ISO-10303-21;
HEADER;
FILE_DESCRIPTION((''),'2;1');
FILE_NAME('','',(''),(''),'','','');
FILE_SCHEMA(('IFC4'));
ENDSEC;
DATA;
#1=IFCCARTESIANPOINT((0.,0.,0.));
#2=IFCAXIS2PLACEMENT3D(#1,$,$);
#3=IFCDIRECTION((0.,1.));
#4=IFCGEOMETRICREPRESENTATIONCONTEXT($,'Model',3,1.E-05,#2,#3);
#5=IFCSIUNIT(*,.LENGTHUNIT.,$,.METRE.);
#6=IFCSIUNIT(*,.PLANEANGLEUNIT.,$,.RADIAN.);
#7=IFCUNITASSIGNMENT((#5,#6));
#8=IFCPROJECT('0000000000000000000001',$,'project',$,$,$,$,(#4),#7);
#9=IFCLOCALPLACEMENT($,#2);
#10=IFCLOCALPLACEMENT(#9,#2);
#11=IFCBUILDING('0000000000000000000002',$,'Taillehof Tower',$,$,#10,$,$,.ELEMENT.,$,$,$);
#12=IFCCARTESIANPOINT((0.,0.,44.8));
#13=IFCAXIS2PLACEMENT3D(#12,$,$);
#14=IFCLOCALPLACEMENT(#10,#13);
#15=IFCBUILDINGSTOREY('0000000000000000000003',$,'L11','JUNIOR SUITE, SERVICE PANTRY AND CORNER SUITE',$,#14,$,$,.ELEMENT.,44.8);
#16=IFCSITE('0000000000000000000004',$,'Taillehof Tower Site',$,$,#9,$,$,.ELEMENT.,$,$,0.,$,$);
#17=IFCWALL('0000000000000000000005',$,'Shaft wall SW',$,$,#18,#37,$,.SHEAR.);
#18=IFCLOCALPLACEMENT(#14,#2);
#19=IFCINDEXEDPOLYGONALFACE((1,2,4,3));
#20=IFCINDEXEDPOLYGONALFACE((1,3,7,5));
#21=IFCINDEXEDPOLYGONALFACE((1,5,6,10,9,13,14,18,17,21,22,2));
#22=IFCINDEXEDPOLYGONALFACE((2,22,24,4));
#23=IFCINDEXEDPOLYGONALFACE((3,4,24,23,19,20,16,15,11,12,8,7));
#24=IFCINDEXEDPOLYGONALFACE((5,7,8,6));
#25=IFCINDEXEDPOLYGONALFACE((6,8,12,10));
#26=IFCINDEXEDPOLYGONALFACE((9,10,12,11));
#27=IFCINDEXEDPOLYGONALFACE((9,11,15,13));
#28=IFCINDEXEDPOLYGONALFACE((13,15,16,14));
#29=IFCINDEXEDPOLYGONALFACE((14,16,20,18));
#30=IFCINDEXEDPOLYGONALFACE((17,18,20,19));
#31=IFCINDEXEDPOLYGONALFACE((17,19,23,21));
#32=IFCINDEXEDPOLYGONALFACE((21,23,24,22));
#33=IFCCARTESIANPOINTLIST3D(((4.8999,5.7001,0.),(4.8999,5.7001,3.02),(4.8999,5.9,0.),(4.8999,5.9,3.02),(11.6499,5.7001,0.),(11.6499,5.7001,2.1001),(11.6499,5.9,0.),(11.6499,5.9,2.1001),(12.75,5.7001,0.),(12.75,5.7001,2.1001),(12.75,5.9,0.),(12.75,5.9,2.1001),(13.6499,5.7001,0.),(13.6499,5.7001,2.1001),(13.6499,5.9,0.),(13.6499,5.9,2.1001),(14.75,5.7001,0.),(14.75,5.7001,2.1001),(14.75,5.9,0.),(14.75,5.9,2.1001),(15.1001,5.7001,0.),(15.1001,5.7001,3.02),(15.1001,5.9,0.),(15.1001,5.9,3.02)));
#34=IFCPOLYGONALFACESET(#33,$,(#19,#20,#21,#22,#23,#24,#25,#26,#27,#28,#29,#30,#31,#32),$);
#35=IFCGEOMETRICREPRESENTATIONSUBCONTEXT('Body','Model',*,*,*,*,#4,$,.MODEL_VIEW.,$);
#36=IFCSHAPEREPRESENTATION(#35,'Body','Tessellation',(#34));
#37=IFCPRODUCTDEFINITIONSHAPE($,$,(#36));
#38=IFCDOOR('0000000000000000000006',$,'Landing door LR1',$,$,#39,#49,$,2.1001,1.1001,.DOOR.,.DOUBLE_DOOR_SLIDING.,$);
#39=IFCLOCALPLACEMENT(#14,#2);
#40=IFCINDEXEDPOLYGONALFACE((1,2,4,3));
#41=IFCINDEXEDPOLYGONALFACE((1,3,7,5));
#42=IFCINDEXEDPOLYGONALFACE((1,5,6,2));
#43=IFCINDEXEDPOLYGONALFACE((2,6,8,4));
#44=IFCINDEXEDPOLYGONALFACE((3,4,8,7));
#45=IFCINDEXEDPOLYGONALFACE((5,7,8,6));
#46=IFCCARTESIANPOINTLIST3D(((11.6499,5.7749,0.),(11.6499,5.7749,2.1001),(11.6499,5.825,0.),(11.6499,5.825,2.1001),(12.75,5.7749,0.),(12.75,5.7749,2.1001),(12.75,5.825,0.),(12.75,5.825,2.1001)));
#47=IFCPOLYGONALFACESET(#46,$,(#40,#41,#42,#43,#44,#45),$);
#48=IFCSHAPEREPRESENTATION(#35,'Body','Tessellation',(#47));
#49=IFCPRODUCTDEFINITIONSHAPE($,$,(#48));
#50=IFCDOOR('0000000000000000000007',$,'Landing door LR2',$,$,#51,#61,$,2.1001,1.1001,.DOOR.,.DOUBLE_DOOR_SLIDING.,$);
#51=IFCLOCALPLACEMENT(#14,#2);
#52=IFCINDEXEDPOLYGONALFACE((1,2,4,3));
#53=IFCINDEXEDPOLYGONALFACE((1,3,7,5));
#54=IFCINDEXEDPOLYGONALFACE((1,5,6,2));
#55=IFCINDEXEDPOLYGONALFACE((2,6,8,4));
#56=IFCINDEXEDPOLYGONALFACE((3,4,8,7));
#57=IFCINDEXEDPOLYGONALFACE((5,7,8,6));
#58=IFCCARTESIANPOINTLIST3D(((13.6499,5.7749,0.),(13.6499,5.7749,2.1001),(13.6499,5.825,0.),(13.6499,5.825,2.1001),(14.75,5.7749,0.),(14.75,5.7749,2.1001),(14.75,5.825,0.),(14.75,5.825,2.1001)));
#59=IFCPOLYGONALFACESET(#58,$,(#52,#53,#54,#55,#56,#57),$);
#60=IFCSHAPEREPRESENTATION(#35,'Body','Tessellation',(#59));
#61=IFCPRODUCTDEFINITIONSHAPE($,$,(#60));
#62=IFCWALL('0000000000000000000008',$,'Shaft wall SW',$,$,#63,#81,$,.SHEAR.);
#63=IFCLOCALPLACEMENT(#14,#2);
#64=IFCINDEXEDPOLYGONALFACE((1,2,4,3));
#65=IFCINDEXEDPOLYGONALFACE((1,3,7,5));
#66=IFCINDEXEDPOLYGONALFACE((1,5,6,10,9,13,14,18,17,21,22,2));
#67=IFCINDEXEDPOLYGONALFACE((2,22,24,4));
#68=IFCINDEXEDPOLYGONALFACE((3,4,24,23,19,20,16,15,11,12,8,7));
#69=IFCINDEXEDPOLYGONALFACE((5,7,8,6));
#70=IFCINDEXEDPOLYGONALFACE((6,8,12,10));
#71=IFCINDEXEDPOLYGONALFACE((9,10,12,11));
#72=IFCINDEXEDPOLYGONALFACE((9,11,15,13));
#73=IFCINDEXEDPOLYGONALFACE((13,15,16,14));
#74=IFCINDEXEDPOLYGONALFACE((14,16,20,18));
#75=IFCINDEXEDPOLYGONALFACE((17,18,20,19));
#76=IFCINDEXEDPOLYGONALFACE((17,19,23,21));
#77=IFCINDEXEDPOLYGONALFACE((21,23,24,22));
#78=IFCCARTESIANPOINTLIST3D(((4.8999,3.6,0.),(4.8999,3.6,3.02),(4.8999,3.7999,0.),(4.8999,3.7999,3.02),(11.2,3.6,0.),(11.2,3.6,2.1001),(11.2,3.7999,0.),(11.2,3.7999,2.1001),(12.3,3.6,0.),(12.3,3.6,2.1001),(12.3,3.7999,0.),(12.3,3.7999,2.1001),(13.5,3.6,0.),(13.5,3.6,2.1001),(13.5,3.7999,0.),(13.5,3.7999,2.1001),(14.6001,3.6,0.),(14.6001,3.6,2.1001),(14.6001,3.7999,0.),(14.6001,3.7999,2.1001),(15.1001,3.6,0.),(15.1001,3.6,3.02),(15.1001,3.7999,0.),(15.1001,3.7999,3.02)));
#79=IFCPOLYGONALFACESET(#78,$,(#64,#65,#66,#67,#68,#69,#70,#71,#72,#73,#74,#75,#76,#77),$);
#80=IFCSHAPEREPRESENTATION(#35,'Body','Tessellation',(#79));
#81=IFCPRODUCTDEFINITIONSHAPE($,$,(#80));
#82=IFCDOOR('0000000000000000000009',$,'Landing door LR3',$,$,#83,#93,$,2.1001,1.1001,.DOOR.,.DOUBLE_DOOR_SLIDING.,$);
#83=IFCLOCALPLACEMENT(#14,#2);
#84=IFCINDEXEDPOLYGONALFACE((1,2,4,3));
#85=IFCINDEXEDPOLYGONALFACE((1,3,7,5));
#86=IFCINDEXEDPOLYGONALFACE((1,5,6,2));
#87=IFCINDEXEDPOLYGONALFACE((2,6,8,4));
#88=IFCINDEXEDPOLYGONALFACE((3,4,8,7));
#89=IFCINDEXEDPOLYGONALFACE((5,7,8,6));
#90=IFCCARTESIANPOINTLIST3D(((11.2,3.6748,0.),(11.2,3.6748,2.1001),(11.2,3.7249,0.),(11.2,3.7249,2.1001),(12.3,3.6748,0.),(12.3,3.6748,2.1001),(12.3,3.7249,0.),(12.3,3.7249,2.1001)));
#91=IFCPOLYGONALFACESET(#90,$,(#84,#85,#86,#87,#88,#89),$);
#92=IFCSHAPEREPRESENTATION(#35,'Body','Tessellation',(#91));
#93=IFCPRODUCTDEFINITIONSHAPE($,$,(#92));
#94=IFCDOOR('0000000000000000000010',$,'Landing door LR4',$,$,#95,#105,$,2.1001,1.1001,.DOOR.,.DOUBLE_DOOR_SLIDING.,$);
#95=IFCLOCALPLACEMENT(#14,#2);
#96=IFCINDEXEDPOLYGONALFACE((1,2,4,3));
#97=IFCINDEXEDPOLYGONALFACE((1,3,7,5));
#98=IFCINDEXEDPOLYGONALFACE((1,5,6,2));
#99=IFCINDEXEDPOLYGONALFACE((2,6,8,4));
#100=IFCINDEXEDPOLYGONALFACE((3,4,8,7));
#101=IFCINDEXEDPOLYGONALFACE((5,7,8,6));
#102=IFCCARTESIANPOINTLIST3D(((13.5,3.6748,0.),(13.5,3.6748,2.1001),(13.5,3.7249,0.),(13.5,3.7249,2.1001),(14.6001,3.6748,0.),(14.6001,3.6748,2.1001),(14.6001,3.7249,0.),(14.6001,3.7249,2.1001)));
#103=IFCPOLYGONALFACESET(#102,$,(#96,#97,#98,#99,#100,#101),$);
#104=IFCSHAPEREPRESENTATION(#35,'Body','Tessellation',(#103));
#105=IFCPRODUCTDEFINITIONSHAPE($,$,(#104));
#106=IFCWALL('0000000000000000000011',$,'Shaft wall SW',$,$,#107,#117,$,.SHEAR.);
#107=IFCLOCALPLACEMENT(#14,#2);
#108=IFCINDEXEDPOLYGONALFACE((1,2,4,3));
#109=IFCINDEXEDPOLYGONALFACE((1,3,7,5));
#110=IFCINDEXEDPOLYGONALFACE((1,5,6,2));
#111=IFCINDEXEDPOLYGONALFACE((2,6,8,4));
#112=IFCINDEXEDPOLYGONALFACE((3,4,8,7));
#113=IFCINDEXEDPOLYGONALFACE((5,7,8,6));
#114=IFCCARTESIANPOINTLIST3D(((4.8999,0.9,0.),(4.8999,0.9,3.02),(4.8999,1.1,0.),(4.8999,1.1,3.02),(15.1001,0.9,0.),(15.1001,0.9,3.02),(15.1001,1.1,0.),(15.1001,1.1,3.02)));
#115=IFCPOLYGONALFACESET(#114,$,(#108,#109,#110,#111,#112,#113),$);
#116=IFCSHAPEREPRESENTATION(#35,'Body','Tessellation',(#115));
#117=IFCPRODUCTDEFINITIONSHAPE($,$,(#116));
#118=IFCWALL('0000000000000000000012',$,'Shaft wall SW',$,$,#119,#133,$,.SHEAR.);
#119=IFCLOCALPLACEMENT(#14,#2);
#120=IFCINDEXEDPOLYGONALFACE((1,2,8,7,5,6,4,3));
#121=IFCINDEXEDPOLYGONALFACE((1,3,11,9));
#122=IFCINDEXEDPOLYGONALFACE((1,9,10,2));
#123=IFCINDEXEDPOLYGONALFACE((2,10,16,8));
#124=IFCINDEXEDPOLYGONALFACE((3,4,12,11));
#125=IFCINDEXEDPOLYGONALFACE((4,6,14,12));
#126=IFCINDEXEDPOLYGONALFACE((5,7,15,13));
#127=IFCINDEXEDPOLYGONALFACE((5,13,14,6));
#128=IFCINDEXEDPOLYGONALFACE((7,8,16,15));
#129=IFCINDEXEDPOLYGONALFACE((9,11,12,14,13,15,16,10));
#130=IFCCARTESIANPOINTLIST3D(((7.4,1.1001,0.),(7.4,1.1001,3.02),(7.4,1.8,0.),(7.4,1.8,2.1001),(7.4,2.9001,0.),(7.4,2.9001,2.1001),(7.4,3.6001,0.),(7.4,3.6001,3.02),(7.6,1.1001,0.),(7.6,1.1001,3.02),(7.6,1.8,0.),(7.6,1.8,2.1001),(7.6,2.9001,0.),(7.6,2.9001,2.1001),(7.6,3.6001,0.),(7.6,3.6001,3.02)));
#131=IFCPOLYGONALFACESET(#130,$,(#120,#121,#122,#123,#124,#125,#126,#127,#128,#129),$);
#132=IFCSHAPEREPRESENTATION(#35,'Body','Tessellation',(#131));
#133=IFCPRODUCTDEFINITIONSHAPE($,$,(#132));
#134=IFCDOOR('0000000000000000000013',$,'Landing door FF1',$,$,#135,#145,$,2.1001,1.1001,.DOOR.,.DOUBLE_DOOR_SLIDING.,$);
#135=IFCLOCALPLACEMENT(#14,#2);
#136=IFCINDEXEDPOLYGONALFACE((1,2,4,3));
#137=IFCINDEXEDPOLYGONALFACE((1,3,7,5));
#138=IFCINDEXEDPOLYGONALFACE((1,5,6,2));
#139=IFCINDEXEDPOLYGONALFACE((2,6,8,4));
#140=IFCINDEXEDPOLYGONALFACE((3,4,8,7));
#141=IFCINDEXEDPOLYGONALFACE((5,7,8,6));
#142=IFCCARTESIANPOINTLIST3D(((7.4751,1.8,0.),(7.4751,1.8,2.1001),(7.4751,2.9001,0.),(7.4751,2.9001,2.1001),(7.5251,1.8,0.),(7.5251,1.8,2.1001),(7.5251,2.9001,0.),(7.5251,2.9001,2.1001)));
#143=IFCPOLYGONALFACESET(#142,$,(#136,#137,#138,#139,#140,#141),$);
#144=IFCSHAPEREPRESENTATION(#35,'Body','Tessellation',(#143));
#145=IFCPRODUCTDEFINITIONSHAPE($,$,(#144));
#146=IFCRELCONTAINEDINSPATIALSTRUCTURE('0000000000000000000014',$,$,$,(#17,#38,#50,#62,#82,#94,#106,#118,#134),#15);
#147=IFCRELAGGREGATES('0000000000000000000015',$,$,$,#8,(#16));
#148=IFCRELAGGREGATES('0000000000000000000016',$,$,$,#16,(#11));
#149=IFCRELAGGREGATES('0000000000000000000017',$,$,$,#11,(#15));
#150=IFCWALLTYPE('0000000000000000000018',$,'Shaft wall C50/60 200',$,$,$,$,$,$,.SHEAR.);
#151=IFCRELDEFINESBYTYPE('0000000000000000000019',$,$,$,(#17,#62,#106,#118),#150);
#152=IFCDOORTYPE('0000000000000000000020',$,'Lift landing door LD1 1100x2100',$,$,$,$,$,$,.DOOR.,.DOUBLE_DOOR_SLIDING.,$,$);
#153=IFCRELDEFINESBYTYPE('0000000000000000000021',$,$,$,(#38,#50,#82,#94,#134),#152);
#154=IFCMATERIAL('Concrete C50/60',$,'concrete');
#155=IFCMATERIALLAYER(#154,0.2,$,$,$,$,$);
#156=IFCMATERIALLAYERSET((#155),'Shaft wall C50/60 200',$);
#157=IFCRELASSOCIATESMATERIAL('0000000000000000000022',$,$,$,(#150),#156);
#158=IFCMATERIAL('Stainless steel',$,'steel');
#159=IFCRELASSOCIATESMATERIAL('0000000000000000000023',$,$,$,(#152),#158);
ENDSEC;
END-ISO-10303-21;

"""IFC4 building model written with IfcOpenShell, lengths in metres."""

from ifc_helpers import new_model, si_unit, direction, frame, frame_2d, origin, place, context, subcontext, project, spatial, rectangle, extrude, material, layer, layer_set, type_object, element, fill, save


model = new_model("IFC4")

# Units and contexts
model_context = context("Model", 3, precision=1e-05, world=origin(), true_north=direction((0.0, 1.0)))
body_context = subcontext(model_context, "Body", "Model", "MODEL_VIEW")
ifc_project = project(units=[si_unit("LENGTHUNIT", "METRE"), si_unit("PLANEANGLEUNIT", "RADIAN")], contexts=[model_context])

# Site, building, storey
site_placement = place(None, origin())
site = spatial("IfcSite", under=ifc_project, at=site_placement, Name="Taillehof Tower Site", CompositionType="ELEMENT", RefElevation=0.0)
building_placement = place(site_placement, origin())
building = spatial("IfcBuilding", under=site, at=building_placement, Name="Taillehof Tower", CompositionType="ELEMENT")
storey_placement = place(building_placement, frame((0.0, 0.0, 44.8)))
storey = spatial("IfcBuildingStorey", under=building, at=storey_placement, Name="L11", Description="JUNIOR SUITE, SERVICE PANTRY AND CORNER SUITE", CompositionType="ELEMENT", Elevation=44.8)

# Walls, openings, doors
ifc_material_1 = material(Name="Concrete C50/60", Category="concrete")
ifc_layer_1 = layer(ifc_material_1, 0.2)
ifc_layer_set_1 = layer_set([ifc_layer_1], Name="Shaft wall C50/60 200")
wall_type_1 = type_object("IfcWallType", Name="Shaft wall C50/60 200", PredefinedType="SHEAR", material=ifc_layer_set_1)
wall_1_placement = place(storey_placement, frame((4.8999, 5.8, 0.0), z_axis=(0.0, 0.0, 1.0), x_axis=(1.0, 0.0, 0.0)))
wall_1 = element("IfcWall", 1, at=wall_1_placement, inside=storey, type_object=wall_type_1, Name="Shaft wall SW", PredefinedType="SHEAR", context=body_context, shape_type="SweptSolid", body=[
    extrude(rectangle(XDim=10.2002, YDim=0.2, at=frame_2d((5.1001, 0.0))), origin(), (0.0, 0.0, 1.0), 3.02),
])
opening_1_placement = place(wall_1_placement, frame((6.75, 0.0, 0.0)))
opening_1 = element("IfcOpeningElement", 2, at=opening_1_placement, cuts=wall_1, PredefinedType="OPENING", context=body_context, shape_type="SweptSolid", body=[
    extrude(rectangle(XDim=1.1001, YDim=2.1001, at=frame_2d((0.55, 1.05))), frame((0.0, 0.1099, 0.0), z_axis=(0.0, -1.0, 0.0), x_axis=(1.0, 0.0, 0.0)), (0.0, 0.0, 1.0), 0.22),
])
opening_2_placement = place(wall_1_placement, frame((8.75, 0.0, 0.0)))
opening_2 = element("IfcOpeningElement", 3, at=opening_2_placement, cuts=wall_1, PredefinedType="OPENING", context=body_context, shape_type="SweptSolid", body=[
    extrude(rectangle(XDim=1.1001, YDim=2.1001, at=frame_2d((0.55, 1.05))), frame((0.0, 0.1099, 0.0), z_axis=(0.0, -1.0, 0.0), x_axis=(1.0, 0.0, 0.0)), (0.0, 0.0, 1.0), 0.22),
])
ifc_material_2 = material(Name="Stainless steel", Category="steel")
door_type_1 = type_object("IfcDoorType", Name="Lift landing door LD1 1100x2100", OperationType="DOUBLE_DOOR_SLIDING", PredefinedType="DOOR", material=ifc_material_2)
door_1_placement = place(opening_1_placement, origin())
door_1 = element("IfcDoor", 4, at=door_1_placement, inside=storey, type_object=door_type_1, Name="Landing door LR1", OperationType="DOUBLE_DOOR_SLIDING", OverallHeight=2.1001, OverallWidth=1.1001, PredefinedType="DOOR", context=body_context, shape_type="SweptSolid", body=[
    extrude(rectangle(XDim=1.1001, YDim=2.1001, at=frame_2d((0.55, 1.05))), frame((0.0, 0.0249, 0.0), z_axis=(0.0, -1.0, 0.0), x_axis=(1.0, 0.0, 0.0)), (0.0, 0.0, 1.0), 0.05),
])
fill(opening_1, door_1)
door_2_placement = place(opening_2_placement, origin())
door_2 = element("IfcDoor", 5, at=door_2_placement, inside=storey, type_object=door_type_1, Name="Landing door LR2", OperationType="DOUBLE_DOOR_SLIDING", OverallHeight=2.1001, OverallWidth=1.1001, PredefinedType="DOOR", context=body_context, shape_type="SweptSolid", body=[
    extrude(rectangle(XDim=1.1001, YDim=2.1001, at=frame_2d((0.55, 1.05))), frame((0.0, 0.0249, 0.0), z_axis=(0.0, -1.0, 0.0), x_axis=(1.0, 0.0, 0.0)), (0.0, 0.0, 1.0), 0.05),
])
fill(opening_2, door_2)
wall_2_placement = place(storey_placement, frame((4.8999, 3.7, 0.0), z_axis=(0.0, 0.0, 1.0), x_axis=(1.0, 0.0, 0.0)))
wall_2 = element("IfcWall", 6, at=wall_2_placement, inside=storey, type_object=wall_type_1, Name="Shaft wall SW", PredefinedType="SHEAR", context=body_context, shape_type="SweptSolid", body=[
    extrude(rectangle(XDim=10.2002, YDim=0.2, at=frame_2d((5.1001, 0.0))), origin(), (0.0, 0.0, 1.0), 3.02),
])
opening_3_placement = place(wall_2_placement, frame((6.3, 0.0, 0.0)))
opening_3 = element("IfcOpeningElement", 7, at=opening_3_placement, cuts=wall_2, PredefinedType="OPENING", context=body_context, shape_type="SweptSolid", body=[
    extrude(rectangle(XDim=1.1001, YDim=2.1001, at=frame_2d((0.55, 1.05))), frame((0.0, 0.1099, 0.0), z_axis=(0.0, -1.0, 0.0), x_axis=(1.0, 0.0, 0.0)), (0.0, 0.0, 1.0), 0.22),
])
opening_4_placement = place(wall_2_placement, frame((8.6001, 0.0, 0.0)))
opening_4 = element("IfcOpeningElement", 8, at=opening_4_placement, cuts=wall_2, PredefinedType="OPENING", context=body_context, shape_type="SweptSolid", body=[
    extrude(rectangle(XDim=1.1001, YDim=2.1001, at=frame_2d((0.55, 1.05))), frame((0.0, 0.1099, 0.0), z_axis=(0.0, -1.0, 0.0), x_axis=(1.0, 0.0, 0.0)), (0.0, 0.0, 1.0), 0.22),
])
door_3_placement = place(opening_3_placement, origin())
door_3 = element("IfcDoor", 9, at=door_3_placement, inside=storey, type_object=door_type_1, Name="Landing door LR3", OperationType="DOUBLE_DOOR_SLIDING", OverallHeight=2.1001, OverallWidth=1.1001, PredefinedType="DOOR", context=body_context, shape_type="SweptSolid", body=[
    extrude(rectangle(XDim=1.1001, YDim=2.1001, at=frame_2d((0.55, 1.05))), frame((0.0, 0.0249, 0.0), z_axis=(0.0, -1.0, 0.0), x_axis=(1.0, 0.0, 0.0)), (0.0, 0.0, 1.0), 0.05),
])
fill(opening_3, door_3)
door_4_placement = place(opening_4_placement, origin())
door_4 = element("IfcDoor", 10, at=door_4_placement, inside=storey, type_object=door_type_1, Name="Landing door LR4", OperationType="DOUBLE_DOOR_SLIDING", OverallHeight=2.1001, OverallWidth=1.1001, PredefinedType="DOOR", context=body_context, shape_type="SweptSolid", body=[
    extrude(rectangle(XDim=1.1001, YDim=2.1001, at=frame_2d((0.55, 1.05))), frame((0.0, 0.0249, 0.0), z_axis=(0.0, -1.0, 0.0), x_axis=(1.0, 0.0, 0.0)), (0.0, 0.0, 1.0), 0.05),
])
fill(opening_4, door_4)

# Wall
wall_3_placement = place(storey_placement, frame((4.8999, 1.0, 0.0), z_axis=(0.0, 0.0, 1.0), x_axis=(1.0, 0.0, 0.0)))
element("IfcWall", 11, at=wall_3_placement, inside=storey, type_object=wall_type_1, Name="Shaft wall SW", PredefinedType="SHEAR", context=body_context, shape_type="SweptSolid", body=[
    extrude(rectangle(XDim=10.2002, YDim=0.2, at=frame_2d((5.1001, 0.0))), origin(), (0.0, 0.0, 1.0), 3.02),
])

# Wall, opening, door
wall_4_placement = place(storey_placement, frame((7.5, 1.1001, 0.0), z_axis=(0.0, 0.0, 1.0), x_axis=(0.0, 1.0, 0.0)))
wall_4 = element("IfcWall", 12, at=wall_4_placement, inside=storey, type_object=wall_type_1, Name="Shaft wall SW", PredefinedType="SHEAR", context=body_context, shape_type="SweptSolid", body=[
    extrude(rectangle(XDim=2.5, YDim=0.2, at=frame_2d((1.25, 0.0))), origin(), (0.0, 0.0, 1.0), 3.02),
])
opening_5_placement = place(wall_4_placement, frame((0.7, 0.0, 0.0)))
opening_5 = element("IfcOpeningElement", 13, at=opening_5_placement, cuts=wall_4, PredefinedType="OPENING", context=body_context, shape_type="SweptSolid", body=[
    extrude(rectangle(XDim=1.1001, YDim=2.1001, at=frame_2d((0.55, 1.05))), frame((0.0, 0.1099, 0.0), z_axis=(0.0, -1.0, 0.0), x_axis=(1.0, 0.0, 0.0)), (0.0, 0.0, 1.0), 0.22),
])
door_5_placement = place(opening_5_placement, origin())
door_5 = element("IfcDoor", 14, at=door_5_placement, inside=storey, type_object=door_type_1, Name="Landing door FF1", OperationType="DOUBLE_DOOR_SLIDING", OverallHeight=2.1001, OverallWidth=1.1001, PredefinedType="DOOR", context=body_context, shape_type="SweptSolid", body=[
    extrude(rectangle(XDim=1.1001, YDim=2.1001, at=frame_2d((0.55, 1.05))), frame((0.0, 0.0249, 0.0), z_axis=(0.0, -1.0, 0.0), x_axis=(1.0, 0.0, 0.0)), (0.0, 0.0, 1.0), 0.05),
])
fill(opening_5, door_5)

save(model, "model.ifc")
